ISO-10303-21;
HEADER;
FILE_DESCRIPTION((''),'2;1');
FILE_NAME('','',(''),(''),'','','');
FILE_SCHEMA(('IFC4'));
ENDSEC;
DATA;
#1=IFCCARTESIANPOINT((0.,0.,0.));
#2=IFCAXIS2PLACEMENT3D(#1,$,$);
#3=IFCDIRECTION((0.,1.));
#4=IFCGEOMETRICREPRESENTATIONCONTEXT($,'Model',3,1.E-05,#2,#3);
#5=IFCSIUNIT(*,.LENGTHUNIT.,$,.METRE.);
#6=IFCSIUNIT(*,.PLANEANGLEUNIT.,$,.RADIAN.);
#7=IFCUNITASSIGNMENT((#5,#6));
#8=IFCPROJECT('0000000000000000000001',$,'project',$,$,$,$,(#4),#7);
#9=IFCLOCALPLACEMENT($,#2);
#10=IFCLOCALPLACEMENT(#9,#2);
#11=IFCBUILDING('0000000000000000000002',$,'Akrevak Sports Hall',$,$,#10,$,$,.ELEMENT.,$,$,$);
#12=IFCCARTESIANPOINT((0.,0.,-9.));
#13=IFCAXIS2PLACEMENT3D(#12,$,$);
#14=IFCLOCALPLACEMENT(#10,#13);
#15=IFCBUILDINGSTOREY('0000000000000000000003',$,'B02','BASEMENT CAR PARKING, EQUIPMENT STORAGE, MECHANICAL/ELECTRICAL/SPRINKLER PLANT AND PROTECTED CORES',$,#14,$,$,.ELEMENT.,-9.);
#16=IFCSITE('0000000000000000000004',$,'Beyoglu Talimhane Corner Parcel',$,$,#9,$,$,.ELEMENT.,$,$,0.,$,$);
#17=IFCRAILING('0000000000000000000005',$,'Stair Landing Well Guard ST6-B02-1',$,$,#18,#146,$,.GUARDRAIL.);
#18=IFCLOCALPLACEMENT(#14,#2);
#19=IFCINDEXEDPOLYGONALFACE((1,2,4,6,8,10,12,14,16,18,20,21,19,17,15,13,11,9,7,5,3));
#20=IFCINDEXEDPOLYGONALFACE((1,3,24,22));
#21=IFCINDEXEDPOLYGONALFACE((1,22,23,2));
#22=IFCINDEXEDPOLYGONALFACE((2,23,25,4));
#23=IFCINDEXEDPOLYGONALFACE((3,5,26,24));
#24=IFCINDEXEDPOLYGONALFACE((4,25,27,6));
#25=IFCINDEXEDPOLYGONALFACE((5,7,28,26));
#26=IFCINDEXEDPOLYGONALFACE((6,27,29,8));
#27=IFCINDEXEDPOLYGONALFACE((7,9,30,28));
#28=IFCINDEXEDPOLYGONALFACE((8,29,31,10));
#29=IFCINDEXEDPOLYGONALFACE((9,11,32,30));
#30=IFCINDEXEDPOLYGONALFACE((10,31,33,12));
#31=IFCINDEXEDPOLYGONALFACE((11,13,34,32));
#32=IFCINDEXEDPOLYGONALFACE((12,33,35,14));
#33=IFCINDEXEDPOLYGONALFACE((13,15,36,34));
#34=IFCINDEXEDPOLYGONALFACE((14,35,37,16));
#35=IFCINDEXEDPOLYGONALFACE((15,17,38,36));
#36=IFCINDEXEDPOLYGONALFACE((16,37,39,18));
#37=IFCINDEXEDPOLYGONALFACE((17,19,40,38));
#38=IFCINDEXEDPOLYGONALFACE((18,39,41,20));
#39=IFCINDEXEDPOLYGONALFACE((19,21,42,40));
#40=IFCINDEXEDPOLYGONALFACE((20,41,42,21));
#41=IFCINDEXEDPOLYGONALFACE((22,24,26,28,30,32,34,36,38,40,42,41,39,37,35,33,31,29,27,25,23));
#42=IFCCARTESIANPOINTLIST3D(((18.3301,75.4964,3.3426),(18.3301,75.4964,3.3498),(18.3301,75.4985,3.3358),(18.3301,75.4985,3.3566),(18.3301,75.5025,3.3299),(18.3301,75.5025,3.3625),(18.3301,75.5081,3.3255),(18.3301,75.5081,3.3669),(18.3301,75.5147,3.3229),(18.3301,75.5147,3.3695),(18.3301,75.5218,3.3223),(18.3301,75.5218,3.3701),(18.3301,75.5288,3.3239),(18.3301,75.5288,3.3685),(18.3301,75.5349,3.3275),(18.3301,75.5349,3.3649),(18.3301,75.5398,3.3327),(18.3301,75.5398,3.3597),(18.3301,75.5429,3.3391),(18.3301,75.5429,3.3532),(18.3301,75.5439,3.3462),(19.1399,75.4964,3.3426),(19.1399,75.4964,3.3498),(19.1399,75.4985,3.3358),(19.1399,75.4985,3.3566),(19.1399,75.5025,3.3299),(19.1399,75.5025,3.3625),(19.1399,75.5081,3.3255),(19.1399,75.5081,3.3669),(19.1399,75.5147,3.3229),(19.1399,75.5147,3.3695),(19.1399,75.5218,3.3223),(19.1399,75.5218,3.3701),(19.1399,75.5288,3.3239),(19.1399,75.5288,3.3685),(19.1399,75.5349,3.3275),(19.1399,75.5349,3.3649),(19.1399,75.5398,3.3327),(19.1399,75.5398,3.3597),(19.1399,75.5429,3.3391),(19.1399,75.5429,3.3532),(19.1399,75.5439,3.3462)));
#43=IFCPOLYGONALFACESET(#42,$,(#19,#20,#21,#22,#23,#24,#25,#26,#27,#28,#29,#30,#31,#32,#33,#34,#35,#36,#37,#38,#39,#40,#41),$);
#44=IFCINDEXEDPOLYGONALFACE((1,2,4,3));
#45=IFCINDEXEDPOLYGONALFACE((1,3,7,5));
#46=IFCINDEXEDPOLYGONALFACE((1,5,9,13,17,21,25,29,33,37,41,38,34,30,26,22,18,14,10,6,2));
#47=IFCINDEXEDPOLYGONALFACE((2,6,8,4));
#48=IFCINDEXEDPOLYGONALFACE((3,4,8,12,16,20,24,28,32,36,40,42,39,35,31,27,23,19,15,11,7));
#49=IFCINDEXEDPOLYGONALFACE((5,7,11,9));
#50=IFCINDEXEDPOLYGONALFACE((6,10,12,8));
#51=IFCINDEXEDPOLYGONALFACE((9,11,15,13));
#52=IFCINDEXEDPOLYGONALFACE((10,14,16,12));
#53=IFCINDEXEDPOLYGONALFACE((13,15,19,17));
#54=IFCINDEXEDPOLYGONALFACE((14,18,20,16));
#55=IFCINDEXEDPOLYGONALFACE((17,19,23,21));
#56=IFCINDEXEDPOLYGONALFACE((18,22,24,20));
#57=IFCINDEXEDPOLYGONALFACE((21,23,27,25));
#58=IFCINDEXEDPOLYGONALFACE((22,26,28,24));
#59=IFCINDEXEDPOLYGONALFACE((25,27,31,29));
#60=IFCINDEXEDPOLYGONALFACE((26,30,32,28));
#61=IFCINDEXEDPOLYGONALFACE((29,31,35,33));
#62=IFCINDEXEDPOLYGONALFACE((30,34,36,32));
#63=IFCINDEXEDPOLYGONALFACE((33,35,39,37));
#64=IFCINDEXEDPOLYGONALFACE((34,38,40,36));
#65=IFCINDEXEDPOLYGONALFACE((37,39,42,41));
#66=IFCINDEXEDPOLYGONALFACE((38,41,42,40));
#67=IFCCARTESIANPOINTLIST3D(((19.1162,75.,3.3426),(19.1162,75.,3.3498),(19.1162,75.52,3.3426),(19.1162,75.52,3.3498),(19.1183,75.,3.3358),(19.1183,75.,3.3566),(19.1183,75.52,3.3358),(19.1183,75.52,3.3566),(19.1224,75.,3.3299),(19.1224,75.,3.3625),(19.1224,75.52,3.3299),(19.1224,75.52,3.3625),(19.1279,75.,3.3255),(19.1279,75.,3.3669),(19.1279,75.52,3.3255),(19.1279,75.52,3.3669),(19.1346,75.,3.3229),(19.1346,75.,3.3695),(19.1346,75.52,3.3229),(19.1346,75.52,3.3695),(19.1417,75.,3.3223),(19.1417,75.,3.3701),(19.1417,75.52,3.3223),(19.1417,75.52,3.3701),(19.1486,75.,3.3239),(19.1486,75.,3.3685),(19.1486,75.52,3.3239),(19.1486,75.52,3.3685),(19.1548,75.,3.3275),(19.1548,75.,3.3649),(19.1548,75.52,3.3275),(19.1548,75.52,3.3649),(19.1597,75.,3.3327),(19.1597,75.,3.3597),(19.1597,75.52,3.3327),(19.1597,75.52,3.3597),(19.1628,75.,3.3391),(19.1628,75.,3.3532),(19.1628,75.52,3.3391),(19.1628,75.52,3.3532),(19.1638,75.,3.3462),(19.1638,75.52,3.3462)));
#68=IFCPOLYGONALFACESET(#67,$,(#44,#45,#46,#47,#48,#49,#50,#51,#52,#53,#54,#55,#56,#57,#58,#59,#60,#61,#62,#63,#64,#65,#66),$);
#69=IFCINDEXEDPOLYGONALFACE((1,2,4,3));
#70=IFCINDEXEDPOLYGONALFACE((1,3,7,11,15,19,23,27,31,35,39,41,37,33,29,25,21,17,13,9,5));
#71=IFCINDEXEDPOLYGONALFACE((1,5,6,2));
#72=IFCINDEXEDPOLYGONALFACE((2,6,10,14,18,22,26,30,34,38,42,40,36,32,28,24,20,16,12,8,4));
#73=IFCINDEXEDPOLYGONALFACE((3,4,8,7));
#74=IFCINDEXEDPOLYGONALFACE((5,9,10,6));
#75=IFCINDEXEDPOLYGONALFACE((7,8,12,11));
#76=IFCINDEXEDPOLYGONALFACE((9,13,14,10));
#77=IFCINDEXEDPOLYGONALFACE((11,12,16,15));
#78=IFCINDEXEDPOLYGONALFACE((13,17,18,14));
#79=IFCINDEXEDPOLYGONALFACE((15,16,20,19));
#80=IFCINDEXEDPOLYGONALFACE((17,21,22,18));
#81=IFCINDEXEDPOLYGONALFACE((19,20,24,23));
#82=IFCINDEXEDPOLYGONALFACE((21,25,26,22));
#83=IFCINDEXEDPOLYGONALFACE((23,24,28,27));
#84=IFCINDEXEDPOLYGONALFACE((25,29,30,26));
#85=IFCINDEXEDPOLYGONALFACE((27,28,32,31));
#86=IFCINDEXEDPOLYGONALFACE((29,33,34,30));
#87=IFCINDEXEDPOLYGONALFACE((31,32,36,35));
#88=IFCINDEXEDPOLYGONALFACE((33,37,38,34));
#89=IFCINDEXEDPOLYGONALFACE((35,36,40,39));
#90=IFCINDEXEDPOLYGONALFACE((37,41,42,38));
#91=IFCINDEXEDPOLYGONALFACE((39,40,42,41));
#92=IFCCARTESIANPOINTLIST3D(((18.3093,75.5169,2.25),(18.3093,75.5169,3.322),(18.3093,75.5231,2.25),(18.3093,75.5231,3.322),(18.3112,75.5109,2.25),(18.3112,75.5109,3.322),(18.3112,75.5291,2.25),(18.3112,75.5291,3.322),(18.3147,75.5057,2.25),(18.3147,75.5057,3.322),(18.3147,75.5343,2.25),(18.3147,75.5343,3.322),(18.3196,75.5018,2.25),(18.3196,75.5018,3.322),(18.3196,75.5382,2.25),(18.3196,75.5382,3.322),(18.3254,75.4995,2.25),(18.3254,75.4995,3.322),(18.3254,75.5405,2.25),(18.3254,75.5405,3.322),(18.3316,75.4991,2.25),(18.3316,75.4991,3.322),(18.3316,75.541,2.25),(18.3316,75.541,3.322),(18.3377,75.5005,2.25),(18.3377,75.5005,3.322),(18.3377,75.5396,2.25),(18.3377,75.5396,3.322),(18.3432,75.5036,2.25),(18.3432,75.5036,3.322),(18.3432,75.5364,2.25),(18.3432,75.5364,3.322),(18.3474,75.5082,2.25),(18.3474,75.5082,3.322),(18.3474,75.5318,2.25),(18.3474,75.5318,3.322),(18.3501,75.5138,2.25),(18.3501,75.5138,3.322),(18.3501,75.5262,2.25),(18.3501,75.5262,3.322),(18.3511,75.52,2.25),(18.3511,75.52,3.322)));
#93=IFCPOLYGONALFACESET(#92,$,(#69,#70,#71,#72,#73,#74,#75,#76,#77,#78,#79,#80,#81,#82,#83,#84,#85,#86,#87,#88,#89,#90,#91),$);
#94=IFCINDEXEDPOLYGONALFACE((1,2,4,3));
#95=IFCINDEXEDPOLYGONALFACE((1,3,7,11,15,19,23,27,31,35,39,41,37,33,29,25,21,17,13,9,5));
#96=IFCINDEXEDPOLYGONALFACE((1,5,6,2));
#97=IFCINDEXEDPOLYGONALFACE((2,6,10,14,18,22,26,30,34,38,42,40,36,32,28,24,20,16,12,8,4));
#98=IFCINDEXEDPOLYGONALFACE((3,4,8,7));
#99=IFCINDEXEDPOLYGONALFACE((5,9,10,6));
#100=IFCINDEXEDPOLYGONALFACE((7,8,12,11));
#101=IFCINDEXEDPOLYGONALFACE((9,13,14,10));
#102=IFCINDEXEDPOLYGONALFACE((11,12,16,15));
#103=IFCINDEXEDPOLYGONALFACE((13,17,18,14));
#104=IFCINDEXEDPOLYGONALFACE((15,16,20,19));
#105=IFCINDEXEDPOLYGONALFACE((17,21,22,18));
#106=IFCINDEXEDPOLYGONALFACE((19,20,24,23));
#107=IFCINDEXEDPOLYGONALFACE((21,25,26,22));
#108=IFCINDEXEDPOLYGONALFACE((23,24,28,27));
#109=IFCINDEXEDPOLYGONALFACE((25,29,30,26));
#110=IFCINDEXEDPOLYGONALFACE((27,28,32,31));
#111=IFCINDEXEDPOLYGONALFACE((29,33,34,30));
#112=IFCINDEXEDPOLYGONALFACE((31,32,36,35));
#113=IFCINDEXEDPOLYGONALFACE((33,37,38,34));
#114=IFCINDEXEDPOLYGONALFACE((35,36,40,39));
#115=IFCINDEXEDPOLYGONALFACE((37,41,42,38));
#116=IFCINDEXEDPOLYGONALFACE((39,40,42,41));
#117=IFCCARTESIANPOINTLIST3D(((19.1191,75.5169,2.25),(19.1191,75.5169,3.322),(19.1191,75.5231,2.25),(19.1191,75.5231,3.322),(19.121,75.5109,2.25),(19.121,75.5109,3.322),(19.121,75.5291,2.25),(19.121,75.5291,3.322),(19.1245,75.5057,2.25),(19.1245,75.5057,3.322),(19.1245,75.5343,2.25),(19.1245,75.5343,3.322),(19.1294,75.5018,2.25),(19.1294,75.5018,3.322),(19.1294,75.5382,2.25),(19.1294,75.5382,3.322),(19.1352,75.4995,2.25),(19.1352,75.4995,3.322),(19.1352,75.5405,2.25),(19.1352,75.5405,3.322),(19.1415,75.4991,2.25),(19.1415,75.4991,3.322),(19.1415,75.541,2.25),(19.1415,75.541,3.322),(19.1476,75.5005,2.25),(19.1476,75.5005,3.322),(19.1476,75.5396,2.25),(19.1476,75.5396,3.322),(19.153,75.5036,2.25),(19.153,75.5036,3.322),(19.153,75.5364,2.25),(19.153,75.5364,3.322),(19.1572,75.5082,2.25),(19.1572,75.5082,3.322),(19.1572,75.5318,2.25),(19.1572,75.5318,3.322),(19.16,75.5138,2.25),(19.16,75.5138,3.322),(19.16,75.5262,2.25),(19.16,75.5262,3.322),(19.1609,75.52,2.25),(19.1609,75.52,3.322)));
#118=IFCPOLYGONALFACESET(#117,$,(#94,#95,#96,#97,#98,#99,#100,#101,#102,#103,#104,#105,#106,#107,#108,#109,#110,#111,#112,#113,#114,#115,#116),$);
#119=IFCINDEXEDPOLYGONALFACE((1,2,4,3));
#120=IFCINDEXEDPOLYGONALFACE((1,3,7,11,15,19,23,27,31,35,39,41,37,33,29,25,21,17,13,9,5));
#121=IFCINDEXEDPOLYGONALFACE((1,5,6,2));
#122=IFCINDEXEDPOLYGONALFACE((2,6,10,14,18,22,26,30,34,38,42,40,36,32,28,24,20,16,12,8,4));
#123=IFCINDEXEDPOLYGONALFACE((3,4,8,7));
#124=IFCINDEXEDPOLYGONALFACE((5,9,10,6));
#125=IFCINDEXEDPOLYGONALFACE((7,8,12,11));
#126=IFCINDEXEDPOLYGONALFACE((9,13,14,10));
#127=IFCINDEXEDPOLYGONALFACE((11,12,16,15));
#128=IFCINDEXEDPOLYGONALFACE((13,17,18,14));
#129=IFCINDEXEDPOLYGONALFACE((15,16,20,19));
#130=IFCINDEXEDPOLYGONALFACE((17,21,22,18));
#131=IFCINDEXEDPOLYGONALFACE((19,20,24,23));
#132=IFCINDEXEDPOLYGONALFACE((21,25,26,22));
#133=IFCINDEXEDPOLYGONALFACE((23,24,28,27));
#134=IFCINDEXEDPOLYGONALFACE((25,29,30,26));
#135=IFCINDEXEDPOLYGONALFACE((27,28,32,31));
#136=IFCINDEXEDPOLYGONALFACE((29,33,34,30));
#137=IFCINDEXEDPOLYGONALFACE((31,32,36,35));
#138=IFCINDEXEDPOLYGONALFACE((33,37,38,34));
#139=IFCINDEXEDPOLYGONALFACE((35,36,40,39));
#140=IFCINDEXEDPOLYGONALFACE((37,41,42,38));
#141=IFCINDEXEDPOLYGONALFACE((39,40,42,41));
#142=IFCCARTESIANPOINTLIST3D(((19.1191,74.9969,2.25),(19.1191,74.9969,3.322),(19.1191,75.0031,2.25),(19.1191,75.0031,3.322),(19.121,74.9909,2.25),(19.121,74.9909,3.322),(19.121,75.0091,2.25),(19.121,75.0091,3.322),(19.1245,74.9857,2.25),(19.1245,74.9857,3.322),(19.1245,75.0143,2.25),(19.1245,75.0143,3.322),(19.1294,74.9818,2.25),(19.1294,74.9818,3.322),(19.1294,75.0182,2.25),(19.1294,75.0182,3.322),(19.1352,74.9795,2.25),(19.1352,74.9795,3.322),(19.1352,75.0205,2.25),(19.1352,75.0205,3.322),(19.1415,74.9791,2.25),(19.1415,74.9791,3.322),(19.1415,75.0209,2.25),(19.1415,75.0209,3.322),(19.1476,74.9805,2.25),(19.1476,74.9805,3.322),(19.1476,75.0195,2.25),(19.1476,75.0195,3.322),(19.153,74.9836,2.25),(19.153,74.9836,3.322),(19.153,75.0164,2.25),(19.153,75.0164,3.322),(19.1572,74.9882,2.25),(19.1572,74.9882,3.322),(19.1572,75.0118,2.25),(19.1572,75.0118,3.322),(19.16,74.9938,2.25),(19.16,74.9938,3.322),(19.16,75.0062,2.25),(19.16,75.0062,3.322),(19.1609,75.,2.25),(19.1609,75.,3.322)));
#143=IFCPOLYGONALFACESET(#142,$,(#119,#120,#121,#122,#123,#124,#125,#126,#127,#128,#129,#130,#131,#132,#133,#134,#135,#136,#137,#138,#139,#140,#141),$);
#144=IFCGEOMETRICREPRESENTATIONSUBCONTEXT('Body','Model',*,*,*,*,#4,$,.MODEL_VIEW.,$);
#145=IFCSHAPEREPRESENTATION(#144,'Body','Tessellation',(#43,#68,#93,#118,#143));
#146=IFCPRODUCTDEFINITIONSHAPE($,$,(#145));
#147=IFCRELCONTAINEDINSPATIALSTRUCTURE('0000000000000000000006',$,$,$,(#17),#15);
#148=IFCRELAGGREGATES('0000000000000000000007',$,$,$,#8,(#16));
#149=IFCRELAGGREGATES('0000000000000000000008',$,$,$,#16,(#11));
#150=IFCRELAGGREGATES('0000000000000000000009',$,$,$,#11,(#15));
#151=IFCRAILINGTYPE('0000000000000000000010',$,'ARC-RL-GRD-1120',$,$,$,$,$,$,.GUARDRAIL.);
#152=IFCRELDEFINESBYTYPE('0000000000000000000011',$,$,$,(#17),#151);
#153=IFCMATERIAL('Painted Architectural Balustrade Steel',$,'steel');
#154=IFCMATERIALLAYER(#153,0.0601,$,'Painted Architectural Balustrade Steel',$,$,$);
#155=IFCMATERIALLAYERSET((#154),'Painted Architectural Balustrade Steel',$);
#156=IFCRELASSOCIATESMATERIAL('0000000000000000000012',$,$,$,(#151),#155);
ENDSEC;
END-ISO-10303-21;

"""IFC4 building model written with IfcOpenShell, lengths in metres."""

from ifc_helpers import new_model, si_unit, direction, frame, origin, origin_2d, place, context, subcontext, project, spatial, circle, extrude, material, layer, layer_set, type_object, element, save


model = new_model("IFC4")

# Units and contexts
model_context = context("Model", 3, precision=1e-05, world=origin(), true_north=direction((0.0, 1.0)))
body_context = subcontext(model_context, "Body", "Model", "MODEL_VIEW")
ifc_project = project(units=[si_unit("LENGTHUNIT", "METRE"), si_unit("PLANEANGLEUNIT", "RADIAN")], contexts=[model_context])

# Site, building, storey
site_placement = place(None, origin())
site = spatial("IfcSite", under=ifc_project, at=site_placement, Name="Beyoglu Talimhane Corner Parcel", CompositionType="ELEMENT", RefElevation=0.0)
building_placement = place(site_placement, origin())
building = spatial("IfcBuilding", under=site, at=building_placement, Name="Akrevak Sports Hall", CompositionType="ELEMENT")
storey_placement = place(building_placement, frame((0.0, 0.0, -9.0)))
storey = spatial("IfcBuildingStorey", under=building, at=storey_placement, Name="B02", Description="BASEMENT CAR PARKING, EQUIPMENT STORAGE, MECHANICAL/ELECTRICAL/SPRINKLER PLANT AND PROTECTED CORES", CompositionType="ELEMENT", Elevation=-9.0)

# Railing
ifc_material_1 = material(Name="Painted Architectural Balustrade Steel", Category="steel")
ifc_layer_1 = layer(ifc_material_1, 0.0601, Name="Painted Architectural Balustrade Steel")
ifc_layer_set_1 = layer_set([ifc_layer_1], Name="Painted Architectural Balustrade Steel")
railing_type_1 = type_object("IfcRailingType", Name="ARC-RL-GRD-1120", PredefinedType="GUARDRAIL", material=ifc_layer_set_1)
railing_1_placement = place(storey_placement, frame((18.3301, 75.52, 2.25)))
element("IfcRailing", 1, at=railing_1_placement, inside=storey, type_object=railing_type_1, Name="Stair Landing Well Guard ST6-B02-1", PredefinedType="GUARDRAIL", context=body_context, shape_type="SweptSolid", body=[
    extrude(circle(Radius=0.0239, at=origin_2d()), frame((0.0, 0.0, 1.0962), z_axis=(1.0, 0.0, 0.0), x_axis=(0.0, 1.0, 0.0)), (0.0, 0.0, 1.0), 0.8098),
    extrude(circle(Radius=0.0239, at=origin_2d()), frame((0.8098, 0.0, 1.0962), z_axis=(0.0, -1.0, 0.0), x_axis=(1.0, 0.0, 0.0)), (0.0, 0.0, 1.0), 0.52),
    extrude(circle(Radius=0.021, at=origin_2d()), origin(), (0.0, 0.0, 1.0), 1.072),
    extrude(circle(Radius=0.021, at=origin_2d()), frame((0.8098, 0.0, 0.0)), (0.0, 0.0, 1.0), 1.072),
    extrude(circle(Radius=0.021, at=origin_2d()), frame((0.8098, -0.52, 0.0)), (0.0, 0.0, 1.0), 1.072),
])

save(model, "model.ifc")
